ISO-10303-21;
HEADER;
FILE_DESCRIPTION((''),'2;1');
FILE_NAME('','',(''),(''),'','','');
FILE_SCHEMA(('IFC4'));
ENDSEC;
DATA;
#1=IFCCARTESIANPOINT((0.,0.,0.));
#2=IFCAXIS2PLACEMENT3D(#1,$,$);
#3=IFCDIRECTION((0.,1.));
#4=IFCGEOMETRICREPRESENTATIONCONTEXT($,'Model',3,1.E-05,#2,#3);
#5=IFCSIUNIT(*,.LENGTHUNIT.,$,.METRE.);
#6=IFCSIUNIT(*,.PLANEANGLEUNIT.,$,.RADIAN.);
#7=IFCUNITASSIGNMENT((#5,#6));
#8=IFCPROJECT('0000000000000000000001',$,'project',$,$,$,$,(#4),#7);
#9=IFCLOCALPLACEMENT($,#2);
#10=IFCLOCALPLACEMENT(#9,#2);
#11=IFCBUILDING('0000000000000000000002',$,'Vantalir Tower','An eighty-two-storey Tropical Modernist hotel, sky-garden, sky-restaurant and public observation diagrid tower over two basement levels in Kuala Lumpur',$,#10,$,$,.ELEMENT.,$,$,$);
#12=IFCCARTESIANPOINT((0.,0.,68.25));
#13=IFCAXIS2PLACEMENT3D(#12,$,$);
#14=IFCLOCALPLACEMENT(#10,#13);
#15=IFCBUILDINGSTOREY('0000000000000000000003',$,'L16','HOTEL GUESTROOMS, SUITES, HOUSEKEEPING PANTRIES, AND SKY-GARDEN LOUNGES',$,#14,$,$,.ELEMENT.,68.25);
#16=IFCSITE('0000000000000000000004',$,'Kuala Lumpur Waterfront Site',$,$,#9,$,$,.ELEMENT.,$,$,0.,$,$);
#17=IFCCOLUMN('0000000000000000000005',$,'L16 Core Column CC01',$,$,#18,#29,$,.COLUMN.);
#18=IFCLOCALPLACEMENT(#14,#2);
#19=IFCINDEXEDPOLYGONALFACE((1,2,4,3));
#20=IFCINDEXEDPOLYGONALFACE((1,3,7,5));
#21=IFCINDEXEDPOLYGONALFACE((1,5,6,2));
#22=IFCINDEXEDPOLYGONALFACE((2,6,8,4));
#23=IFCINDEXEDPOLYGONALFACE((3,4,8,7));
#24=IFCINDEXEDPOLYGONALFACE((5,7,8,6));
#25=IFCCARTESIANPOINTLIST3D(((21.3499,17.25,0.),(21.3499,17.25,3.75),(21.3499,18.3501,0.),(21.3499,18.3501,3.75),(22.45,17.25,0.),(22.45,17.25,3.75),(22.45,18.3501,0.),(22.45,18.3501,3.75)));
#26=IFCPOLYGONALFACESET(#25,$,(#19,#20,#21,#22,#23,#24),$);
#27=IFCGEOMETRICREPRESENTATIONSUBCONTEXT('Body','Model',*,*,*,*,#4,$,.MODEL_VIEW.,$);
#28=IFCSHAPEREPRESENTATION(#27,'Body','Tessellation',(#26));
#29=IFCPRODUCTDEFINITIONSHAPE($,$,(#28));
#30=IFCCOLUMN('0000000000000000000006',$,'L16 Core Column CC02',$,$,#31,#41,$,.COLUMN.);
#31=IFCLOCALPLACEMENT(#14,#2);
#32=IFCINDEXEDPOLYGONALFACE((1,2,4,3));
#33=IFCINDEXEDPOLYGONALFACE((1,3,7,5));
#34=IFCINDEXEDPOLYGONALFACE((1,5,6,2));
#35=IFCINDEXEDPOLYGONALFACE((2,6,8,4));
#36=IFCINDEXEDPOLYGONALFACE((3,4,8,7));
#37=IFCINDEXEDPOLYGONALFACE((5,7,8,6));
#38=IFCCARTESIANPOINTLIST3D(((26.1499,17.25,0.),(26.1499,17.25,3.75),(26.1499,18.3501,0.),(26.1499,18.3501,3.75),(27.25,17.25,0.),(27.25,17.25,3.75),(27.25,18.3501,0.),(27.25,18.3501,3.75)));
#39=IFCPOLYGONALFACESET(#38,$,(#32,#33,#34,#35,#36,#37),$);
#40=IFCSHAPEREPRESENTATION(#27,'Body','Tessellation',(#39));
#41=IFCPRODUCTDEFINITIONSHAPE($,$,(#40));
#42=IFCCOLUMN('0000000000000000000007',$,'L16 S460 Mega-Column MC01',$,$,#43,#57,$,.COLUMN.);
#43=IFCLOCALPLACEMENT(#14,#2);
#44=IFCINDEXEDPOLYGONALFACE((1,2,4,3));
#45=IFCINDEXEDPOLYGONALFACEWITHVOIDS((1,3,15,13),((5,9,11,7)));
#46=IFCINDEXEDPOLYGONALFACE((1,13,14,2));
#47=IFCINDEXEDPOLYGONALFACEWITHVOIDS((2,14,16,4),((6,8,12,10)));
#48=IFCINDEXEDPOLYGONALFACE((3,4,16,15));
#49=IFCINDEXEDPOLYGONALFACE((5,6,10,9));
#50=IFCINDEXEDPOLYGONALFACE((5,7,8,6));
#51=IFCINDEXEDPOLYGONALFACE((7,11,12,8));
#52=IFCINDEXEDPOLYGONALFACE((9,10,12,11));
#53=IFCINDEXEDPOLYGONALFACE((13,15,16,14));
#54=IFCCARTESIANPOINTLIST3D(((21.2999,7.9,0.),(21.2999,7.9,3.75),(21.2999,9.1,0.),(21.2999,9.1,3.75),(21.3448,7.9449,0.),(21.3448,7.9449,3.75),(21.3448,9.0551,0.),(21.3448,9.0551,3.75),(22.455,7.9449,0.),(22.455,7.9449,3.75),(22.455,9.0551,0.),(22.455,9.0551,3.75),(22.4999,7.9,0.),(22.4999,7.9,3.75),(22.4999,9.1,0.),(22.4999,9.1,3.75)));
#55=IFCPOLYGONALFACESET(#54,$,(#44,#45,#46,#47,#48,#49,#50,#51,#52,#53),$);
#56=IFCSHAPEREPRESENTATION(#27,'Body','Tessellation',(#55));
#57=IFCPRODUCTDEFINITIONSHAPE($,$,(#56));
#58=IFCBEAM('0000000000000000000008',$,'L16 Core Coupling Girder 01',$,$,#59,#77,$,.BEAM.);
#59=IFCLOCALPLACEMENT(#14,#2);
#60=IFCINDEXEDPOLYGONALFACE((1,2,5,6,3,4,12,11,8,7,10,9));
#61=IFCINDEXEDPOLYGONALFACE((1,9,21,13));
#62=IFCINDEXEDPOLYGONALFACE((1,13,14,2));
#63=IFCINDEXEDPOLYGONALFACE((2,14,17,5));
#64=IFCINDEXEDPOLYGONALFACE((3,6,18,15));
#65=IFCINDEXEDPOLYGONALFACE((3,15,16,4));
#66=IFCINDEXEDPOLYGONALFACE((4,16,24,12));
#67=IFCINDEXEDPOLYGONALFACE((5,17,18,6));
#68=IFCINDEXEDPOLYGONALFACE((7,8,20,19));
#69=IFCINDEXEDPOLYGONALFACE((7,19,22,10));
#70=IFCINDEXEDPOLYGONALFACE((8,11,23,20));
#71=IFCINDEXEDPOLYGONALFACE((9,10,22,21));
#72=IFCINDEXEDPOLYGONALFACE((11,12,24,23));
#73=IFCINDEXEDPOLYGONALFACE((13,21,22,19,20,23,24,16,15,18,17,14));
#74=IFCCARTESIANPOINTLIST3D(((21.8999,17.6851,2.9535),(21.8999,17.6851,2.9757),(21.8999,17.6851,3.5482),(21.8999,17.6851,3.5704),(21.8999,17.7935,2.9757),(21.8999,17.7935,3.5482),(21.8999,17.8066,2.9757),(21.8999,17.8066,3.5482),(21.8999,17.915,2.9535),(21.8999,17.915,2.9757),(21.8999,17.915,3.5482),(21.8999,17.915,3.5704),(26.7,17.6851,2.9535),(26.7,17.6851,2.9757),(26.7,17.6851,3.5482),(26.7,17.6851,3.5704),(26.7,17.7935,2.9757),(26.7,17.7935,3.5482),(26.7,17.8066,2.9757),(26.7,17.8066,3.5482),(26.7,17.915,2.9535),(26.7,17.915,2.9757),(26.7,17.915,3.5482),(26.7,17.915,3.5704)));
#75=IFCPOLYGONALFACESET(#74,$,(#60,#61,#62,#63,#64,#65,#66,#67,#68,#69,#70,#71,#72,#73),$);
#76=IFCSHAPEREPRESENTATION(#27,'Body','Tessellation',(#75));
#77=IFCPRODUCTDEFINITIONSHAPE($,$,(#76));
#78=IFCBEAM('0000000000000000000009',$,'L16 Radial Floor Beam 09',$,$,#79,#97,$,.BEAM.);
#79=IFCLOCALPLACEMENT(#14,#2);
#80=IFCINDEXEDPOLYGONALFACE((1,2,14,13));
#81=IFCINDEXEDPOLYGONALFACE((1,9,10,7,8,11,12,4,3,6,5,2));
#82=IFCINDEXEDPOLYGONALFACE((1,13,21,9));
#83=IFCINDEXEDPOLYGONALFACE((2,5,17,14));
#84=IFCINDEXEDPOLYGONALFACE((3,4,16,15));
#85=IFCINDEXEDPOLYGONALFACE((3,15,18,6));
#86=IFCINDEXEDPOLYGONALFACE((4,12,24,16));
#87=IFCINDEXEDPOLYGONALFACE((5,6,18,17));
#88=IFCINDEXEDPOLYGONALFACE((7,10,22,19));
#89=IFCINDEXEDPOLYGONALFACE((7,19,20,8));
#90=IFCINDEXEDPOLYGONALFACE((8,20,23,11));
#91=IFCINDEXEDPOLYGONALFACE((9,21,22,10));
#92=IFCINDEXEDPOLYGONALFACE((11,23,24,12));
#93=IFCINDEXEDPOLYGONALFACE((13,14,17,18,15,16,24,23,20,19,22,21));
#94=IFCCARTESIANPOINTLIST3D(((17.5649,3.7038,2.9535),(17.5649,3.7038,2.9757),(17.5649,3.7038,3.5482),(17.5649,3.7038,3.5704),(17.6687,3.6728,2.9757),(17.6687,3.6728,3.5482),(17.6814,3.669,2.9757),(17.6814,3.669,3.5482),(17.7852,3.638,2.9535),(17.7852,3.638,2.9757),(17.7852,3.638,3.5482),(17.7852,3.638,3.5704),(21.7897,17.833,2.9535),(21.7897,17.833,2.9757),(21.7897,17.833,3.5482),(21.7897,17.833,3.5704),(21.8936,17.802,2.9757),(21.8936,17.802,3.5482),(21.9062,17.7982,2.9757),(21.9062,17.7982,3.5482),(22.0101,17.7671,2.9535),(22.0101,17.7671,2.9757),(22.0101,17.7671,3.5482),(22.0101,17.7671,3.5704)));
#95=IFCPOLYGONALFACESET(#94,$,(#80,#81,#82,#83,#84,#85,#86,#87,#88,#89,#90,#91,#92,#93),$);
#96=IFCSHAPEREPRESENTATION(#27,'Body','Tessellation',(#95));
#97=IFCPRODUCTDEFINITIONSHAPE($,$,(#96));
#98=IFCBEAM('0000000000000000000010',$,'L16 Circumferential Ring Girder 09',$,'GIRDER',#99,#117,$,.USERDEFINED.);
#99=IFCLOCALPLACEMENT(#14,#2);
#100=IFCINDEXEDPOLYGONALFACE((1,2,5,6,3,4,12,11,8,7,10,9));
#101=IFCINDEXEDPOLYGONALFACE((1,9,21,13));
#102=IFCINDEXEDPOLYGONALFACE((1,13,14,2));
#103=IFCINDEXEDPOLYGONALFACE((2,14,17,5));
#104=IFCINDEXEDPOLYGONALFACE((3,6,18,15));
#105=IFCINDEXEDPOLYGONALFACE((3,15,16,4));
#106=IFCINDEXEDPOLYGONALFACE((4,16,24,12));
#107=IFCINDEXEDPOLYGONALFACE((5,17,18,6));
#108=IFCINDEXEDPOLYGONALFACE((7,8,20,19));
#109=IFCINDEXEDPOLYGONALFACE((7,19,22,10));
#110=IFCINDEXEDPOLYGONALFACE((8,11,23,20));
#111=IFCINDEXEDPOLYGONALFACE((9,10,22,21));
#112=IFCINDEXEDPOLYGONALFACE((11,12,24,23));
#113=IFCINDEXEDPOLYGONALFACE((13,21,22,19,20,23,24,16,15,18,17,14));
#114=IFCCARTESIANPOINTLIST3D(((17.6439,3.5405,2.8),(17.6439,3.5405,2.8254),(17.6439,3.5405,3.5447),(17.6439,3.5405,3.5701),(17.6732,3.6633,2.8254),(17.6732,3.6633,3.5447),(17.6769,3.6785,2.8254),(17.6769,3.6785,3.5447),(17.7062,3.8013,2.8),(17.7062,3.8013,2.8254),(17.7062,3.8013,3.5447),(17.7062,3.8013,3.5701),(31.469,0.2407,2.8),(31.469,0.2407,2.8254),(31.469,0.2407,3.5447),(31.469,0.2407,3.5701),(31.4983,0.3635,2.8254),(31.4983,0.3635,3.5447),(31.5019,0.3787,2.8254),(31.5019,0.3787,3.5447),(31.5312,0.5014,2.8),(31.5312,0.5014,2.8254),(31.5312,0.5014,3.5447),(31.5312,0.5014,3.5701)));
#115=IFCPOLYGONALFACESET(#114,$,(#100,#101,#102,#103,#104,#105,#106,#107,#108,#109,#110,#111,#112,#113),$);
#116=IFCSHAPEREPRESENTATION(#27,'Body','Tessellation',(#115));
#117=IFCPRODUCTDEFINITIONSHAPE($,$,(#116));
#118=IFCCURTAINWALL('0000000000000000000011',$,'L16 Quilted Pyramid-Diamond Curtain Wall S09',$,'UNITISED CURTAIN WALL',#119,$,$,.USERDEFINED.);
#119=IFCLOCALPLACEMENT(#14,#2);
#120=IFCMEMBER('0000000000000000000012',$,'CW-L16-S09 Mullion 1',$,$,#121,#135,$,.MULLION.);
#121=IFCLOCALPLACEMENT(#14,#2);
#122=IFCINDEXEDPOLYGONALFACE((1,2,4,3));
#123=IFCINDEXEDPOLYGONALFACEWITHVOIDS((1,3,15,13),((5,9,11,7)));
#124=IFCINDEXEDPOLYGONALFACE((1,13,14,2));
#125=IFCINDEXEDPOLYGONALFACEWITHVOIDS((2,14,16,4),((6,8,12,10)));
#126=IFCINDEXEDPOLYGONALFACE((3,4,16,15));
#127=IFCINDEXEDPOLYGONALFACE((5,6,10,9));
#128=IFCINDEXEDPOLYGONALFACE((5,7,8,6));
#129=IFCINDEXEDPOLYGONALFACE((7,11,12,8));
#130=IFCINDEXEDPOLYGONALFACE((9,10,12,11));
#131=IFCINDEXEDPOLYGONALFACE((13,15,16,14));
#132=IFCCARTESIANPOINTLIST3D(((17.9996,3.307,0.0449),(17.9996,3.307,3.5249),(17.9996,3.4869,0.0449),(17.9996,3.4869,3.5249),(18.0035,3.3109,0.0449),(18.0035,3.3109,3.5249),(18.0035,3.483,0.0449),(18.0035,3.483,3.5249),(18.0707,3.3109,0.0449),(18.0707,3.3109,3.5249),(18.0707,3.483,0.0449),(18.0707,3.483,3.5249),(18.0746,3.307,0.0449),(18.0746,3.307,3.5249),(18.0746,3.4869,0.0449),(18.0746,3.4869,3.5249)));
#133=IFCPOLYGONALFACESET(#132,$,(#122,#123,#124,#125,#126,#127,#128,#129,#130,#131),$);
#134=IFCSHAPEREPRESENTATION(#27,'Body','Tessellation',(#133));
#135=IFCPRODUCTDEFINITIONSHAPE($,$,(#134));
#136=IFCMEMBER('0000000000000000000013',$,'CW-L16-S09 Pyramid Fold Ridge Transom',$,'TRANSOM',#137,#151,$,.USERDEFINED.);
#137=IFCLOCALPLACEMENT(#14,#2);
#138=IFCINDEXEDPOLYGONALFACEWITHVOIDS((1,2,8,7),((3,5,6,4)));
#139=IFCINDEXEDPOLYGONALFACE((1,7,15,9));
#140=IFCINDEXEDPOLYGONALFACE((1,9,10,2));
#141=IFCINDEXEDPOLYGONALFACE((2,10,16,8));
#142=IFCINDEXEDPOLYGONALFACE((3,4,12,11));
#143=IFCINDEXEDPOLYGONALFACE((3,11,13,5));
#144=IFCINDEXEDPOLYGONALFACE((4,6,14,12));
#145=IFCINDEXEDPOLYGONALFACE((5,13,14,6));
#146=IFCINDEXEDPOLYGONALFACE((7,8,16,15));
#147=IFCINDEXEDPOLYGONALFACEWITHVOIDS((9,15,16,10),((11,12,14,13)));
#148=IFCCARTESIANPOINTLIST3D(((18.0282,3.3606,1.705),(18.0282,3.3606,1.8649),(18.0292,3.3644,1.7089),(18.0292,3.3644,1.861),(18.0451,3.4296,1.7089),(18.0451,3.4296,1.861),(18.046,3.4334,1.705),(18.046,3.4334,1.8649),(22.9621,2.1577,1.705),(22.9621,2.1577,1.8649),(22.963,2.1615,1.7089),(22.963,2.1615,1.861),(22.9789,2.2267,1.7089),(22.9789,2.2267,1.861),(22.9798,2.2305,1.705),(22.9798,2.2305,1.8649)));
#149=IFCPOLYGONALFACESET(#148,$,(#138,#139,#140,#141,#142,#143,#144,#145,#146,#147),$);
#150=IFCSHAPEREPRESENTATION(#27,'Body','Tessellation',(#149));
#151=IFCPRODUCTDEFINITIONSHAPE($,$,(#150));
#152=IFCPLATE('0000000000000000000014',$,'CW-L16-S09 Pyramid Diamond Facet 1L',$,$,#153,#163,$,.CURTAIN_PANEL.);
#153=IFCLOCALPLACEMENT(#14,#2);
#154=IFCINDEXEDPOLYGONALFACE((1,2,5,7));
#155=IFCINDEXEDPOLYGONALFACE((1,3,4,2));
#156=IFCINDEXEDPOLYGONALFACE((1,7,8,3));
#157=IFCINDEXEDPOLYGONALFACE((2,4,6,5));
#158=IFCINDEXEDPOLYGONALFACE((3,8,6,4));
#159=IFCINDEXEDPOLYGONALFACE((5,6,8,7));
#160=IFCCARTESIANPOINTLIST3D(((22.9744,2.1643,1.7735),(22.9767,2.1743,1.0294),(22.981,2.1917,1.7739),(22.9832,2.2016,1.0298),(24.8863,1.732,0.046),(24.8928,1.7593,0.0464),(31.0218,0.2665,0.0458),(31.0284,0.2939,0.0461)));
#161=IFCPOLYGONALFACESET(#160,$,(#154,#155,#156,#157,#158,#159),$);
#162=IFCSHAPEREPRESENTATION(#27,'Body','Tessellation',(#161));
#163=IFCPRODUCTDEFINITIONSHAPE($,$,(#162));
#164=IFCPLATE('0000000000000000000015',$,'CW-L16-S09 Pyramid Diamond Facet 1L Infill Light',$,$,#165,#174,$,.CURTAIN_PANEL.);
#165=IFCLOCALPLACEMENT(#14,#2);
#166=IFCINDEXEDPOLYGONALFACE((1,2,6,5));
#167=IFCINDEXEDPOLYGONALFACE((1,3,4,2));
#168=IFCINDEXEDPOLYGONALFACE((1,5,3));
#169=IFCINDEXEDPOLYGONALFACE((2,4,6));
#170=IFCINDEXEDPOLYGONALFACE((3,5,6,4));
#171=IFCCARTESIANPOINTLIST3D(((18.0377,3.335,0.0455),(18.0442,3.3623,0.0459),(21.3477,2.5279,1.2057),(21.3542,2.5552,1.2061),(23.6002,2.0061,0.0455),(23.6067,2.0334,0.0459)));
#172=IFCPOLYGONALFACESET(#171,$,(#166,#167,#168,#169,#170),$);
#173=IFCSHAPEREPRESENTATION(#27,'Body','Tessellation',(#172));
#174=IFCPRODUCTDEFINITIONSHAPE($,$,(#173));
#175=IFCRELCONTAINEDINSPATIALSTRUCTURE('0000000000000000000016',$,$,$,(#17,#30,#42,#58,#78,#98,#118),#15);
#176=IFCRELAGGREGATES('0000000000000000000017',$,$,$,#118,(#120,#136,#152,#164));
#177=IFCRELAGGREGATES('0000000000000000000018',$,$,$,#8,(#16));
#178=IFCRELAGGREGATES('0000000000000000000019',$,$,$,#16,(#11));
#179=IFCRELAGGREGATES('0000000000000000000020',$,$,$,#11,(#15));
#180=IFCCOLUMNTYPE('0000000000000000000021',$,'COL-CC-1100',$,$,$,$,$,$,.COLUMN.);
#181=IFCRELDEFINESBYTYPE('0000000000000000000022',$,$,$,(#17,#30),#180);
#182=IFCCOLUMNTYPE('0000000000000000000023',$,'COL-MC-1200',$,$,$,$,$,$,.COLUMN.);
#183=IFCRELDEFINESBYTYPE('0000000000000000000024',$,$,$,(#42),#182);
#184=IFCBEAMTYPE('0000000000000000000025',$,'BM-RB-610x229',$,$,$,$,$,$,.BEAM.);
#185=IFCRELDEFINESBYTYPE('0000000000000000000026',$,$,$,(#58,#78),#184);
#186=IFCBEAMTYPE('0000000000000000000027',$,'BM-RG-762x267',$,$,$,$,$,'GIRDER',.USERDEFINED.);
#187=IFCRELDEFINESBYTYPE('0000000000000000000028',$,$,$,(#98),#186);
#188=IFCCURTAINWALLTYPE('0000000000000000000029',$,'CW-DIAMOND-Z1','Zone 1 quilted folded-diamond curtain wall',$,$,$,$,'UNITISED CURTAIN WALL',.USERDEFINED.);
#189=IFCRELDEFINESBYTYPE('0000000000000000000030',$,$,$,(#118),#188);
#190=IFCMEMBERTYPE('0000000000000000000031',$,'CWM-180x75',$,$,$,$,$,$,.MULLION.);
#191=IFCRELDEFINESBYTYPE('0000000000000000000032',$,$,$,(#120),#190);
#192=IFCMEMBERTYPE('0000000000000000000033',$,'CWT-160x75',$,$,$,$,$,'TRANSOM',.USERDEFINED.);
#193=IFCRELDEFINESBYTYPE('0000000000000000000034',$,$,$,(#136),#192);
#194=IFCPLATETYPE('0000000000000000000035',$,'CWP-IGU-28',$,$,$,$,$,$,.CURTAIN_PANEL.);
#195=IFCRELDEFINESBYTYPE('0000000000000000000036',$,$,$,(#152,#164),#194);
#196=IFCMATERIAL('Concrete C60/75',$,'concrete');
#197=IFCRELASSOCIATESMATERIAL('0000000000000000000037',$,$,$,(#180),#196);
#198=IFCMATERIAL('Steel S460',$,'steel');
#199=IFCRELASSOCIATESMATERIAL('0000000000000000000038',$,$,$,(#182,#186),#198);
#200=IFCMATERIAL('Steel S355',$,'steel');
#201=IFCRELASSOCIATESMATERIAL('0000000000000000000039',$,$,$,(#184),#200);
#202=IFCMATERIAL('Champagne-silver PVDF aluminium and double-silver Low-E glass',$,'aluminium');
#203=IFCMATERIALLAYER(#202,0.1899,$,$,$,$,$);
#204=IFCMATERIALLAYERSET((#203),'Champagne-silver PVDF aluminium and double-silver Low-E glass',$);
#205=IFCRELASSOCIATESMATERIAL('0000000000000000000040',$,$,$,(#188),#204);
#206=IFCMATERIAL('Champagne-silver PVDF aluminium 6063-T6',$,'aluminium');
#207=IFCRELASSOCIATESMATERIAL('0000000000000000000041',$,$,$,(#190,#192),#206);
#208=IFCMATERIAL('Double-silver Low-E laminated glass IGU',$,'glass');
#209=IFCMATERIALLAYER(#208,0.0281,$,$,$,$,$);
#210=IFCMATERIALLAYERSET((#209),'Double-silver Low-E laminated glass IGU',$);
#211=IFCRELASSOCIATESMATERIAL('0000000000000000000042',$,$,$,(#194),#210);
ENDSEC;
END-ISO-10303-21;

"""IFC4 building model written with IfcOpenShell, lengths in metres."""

from ifc_helpers import new_model, si_unit, direction, frame, origin, origin_2d, place, context, subcontext, project, spatial, polyline, rectangle, hollow_rectangle, i_section, outline, extrude, material, layer, layer_set, material_profile, profile_set, type_object, element, aggregate, save


model = new_model("IFC4")

# Units and contexts
model_context = context("Model", 3, precision=1e-05, world=origin(), true_north=direction((0.0, 1.0)))
body_context = subcontext(model_context, "Body", "Model", "MODEL_VIEW")
ifc_project = project(units=[si_unit("LENGTHUNIT", "METRE"), si_unit("PLANEANGLEUNIT", "RADIAN")], contexts=[model_context])

# Site, building, storey
site_placement = place(None, origin())
site = spatial("IfcSite", under=ifc_project, at=site_placement, Name="Kuala Lumpur Waterfront Site", CompositionType="ELEMENT", RefElevation=0.0)
building_placement = place(site_placement, origin())
building = spatial("IfcBuilding", under=site, at=building_placement, Name="Vantalir Tower", Description="An eighty-two-storey Tropical Modernist hotel, sky-garden, sky-restaurant and public observation diagrid tower over two basement levels in Kuala Lumpur", CompositionType="ELEMENT")
storey_placement = place(building_placement, frame((0.0, 0.0, 68.25)))
storey = spatial("IfcBuildingStorey", under=building, at=storey_placement, Name="L16", Description="HOTEL GUESTROOMS, SUITES, HOUSEKEEPING PANTRIES, AND SKY-GARDEN LOUNGES", CompositionType="ELEMENT", Elevation=68.25)

# Columns
ifc_material_1 = material(Name="Concrete C60/75", Category="concrete")
ifc_material_profile_1 = material_profile(ifc_material_1, rectangle(XDim=1.1001, YDim=1.1001, at=origin_2d()), Name="Concrete C60/75")
ifc_profile_set_1 = profile_set([ifc_material_profile_1], Name="Concrete C60/75")
column_type_1 = type_object("IfcColumnType", Name="COL-CC-1100", PredefinedType="COLUMN", material=ifc_profile_set_1)
for number, where, z_axis, x_axis, name in (
    (1, (21.8999, 17.8, 0.0), (0.0, 0.0, 1.0), (1.0, 0.0, 0.0), "L16 Core Column CC01"),
    (2, (26.7, 17.8, 0.0), (0.0, 0.0, 1.0), (1.0, 0.0, 0.0), "L16 Core Column CC02"),
):
    element("IfcColumn", number, at=place(storey_placement, frame(where, z_axis=z_axis, x_axis=x_axis)), inside=storey, type_object=column_type_1, Name=name, PredefinedType="COLUMN", context=body_context, shape_type="SweptSolid", body=[
        extrude(rectangle(XDim=1.1001, YDim=1.1001, at=origin_2d()), origin(), (0.0, 0.0, 1.0), 3.75),
    ])
ifc_material_2 = material(Name="Steel S460", Category="steel")
ifc_material_profile_2 = material_profile(ifc_material_2, hollow_rectangle(XDim=1.2, YDim=1.2, WallThickness=0.0449, at=origin_2d()), Name="Steel S460")
ifc_profile_set_2 = profile_set([ifc_material_profile_2], Name="Steel S460")
column_type_2 = type_object("IfcColumnType", Name="COL-MC-1200", PredefinedType="COLUMN", material=ifc_profile_set_2)
column_placement = place(storey_placement, frame((21.8999, 8.5, 0.0), z_axis=(0.0, 0.0, 1.0), x_axis=(1.0, 0.0, 0.0)))
element("IfcColumn", 3, at=column_placement, inside=storey, type_object=column_type_2, Name="L16 S460 Mega-Column MC01", PredefinedType="COLUMN", context=body_context, shape_type="SweptSolid", body=[
    extrude(hollow_rectangle(XDim=1.2, YDim=1.2, WallThickness=0.0449, at=origin_2d()), origin(), (0.0, 0.0, 1.0), 3.75),
])

# Beams
ifc_material_3 = material(Name="Steel S355", Category="steel")
ifc_material_profile_3 = material_profile(ifc_material_3, i_section(OverallWidth=0.23, OverallDepth=0.6169, WebThickness=0.0132, FlangeThickness=0.0222, at=origin_2d()), Name="Steel S355")
ifc_profile_set_3 = profile_set([ifc_material_profile_3], Name="Steel S355")
beam_type_1 = type_object("IfcBeamType", Name="BM-RB-610x229", PredefinedType="BEAM", material=ifc_profile_set_3)
beam_1_placement = place(storey_placement, frame((21.8999, 17.8, 3.262), z_axis=(1.0, 0.0, 0.0), x_axis=(0.0, 1.0, 0.0)))
element("IfcBeam", 4, at=beam_1_placement, inside=storey, type_object=beam_type_1, Name="L16 Core Coupling Girder 01", PredefinedType="BEAM", context=body_context, shape_type="SweptSolid", body=[
    extrude(i_section(OverallWidth=0.23, OverallDepth=0.6169, WebThickness=0.0132, FlangeThickness=0.0222, at=origin_2d()), origin(), (0.0, 0.0, 1.0), 4.8),
])
beam_2_placement = place(storey_placement, frame((17.675, 3.6709, 3.262), z_axis=(0.286484, 0.958085, 0.0), x_axis=(-0.958085, 0.286484, 0.0)))
element("IfcBeam", 5, at=beam_2_placement, inside=storey, type_object=beam_type_1, Name="L16 Radial Floor Beam 09", PredefinedType="BEAM", context=body_context, shape_type="SweptSolid", body=[
    extrude(i_section(OverallWidth=0.23, OverallDepth=0.6169, WebThickness=0.0132, FlangeThickness=0.0222, at=origin_2d()), origin(), (0.0, 0.0, 1.0), 14.7473),
])
ifc_material_profile_4 = material_profile(ifc_material_2, i_section(OverallWidth=0.2681, OverallDepth=0.77, WebThickness=0.0156, FlangeThickness=0.0254, at=origin_2d()), Name="Steel S460")
ifc_profile_set_4 = profile_set([ifc_material_profile_4], Name="Steel S460")
beam_type_2 = type_object("IfcBeamType", Name="BM-RG-762x267", ElementType="GIRDER", PredefinedType="USERDEFINED", material=ifc_profile_set_4)
beam_3_placement = place(storey_placement, frame((17.675, 3.6709, 3.1851), z_axis=(0.972677, -0.232163, 0.0), x_axis=(0.232163, 0.972677, 0.0)))
element("IfcBeam", 6, at=beam_3_placement, inside=storey, type_object=beam_type_2, Name="L16 Circumferential Ring Girder 09", ObjectType="GIRDER", PredefinedType="USERDEFINED", context=body_context, shape_type="SweptSolid", body=[
    extrude(i_section(OverallWidth=0.2681, OverallDepth=0.77, WebThickness=0.0156, FlangeThickness=0.0254, at=origin_2d()), origin(), (0.0, 0.0, 1.0), 14.2134),
])

# Curtain wall, members, plates
ifc_material_4 = material(Name="Champagne-silver PVDF aluminium and double-silver Low-E glass", Category="aluminium")
ifc_layer_1 = layer(ifc_material_4, 0.1899)
ifc_layer_set_1 = layer_set([ifc_layer_1], Name="Champagne-silver PVDF aluminium and double-silver Low-E glass")
curtain_wall_type = type_object("IfcCurtainWallType", Name="CW-DIAMOND-Z1", Description="Zone 1 quilted folded-diamond curtain wall", ElementType="UNITISED CURTAIN WALL", PredefinedType="USERDEFINED", material=ifc_layer_set_1)
curtain_wall_placement = place(storey_placement, origin())
curtain_wall = element("IfcCurtainWall", 7, at=curtain_wall_placement, inside=storey, type_object=curtain_wall_type, Name="L16 Quilted Pyramid-Diamond Curtain Wall S09", ObjectType="UNITISED CURTAIN WALL", PredefinedType="USERDEFINED")
ifc_material_5 = material(Name="Champagne-silver PVDF aluminium 6063-T6", Category="aluminium")
ifc_material_profile_5 = material_profile(ifc_material_5, hollow_rectangle(XDim=0.075, YDim=0.1799, WallThickness=0.0039, at=origin_2d()), Name="Champagne-silver PVDF aluminium 6063-T6")
ifc_profile_set_5 = profile_set([ifc_material_profile_5], Name="Champagne-silver PVDF aluminium 6063-T6")
member_type_1 = type_object("IfcMemberType", Name="CWM-180x75", PredefinedType="MULLION", material=ifc_profile_set_5)
member_1_placement = place(storey_placement, frame((18.0371, 3.397, 0.0449), z_axis=(0.0, 0.0, 1.0), x_axis=(1.0, 0.0, 0.0)))
member_1 = element("IfcMember", 8, at=member_1_placement, type_object=member_type_1, Name="CW-L16-S09 Mullion 1", PredefinedType="MULLION", context=body_context, shape_type="SweptSolid", body=[
    extrude(hollow_rectangle(XDim=0.075, YDim=0.1799, WallThickness=0.0039, at=origin_2d()), origin(), (0.0, 0.0, 1.0), 3.48),
])
ifc_material_profile_6 = material_profile(ifc_material_5, hollow_rectangle(XDim=0.075, YDim=0.1599, WallThickness=0.0039, at=origin_2d()), Name="Champagne-silver PVDF aluminium 6063-T6")
ifc_profile_set_6 = profile_set([ifc_material_profile_6], Name="Champagne-silver PVDF aluminium 6063-T6")
member_type_2 = type_object("IfcMemberType", Name="CWT-160x75", ElementType="TRANSOM", PredefinedType="USERDEFINED", material=ifc_profile_set_6)
member_2_placement = place(storey_placement, frame((18.0371, 3.397, 1.7849), z_axis=(0.971543, -0.236864, 0.0), x_axis=(0.236864, 0.971543, 0.0)))
member_2 = element("IfcMember", 9, at=member_2_placement, type_object=member_type_2, Name="CW-L16-S09 Pyramid Fold Ridge Transom", ObjectType="TRANSOM", PredefinedType="USERDEFINED", context=body_context, shape_type="SweptSolid", body=[
    extrude(hollow_rectangle(XDim=0.075, YDim=0.1599, WallThickness=0.0039, at=origin_2d()), origin(), (0.0, 0.0, 1.0), 5.0784),
])
ifc_material_6 = material(Name="Double-silver Low-E laminated glass IGU", Category="glass")
ifc_layer_2 = layer(ifc_material_6, 0.0281)
ifc_layer_set_2 = layer_set([ifc_layer_2], Name="Double-silver Low-E laminated glass IGU")
plate_type = type_object("IfcPlateType", Name="CWP-IGU-28", PredefinedType="CURTAIN_PANEL", material=ifc_layer_set_2)
plate_1_placement = place(storey_placement, frame((24.8928, 1.7593, 0.0464), z_axis=(0.232287, 0.972551, 0.013659), x_axis=(0.972642, -0.232308, -0.000038)))
plate_1 = element("IfcPlate", 10, at=plate_1_placement, type_object=plate_type, Name="CW-L16-S09 Pyramid Diamond Facet 1L", PredefinedType="CURTAIN_PANEL", context=body_context, shape_type="SweptSolid", body=[
    extrude(outline(polyline([(0.0, 0.0), (6.3081, 0.0), (-1.9601, -1.7276), (-1.9602, -0.9834), (0.0, 0.0)])), origin(), (0.0, 0.0, -1.0), 0.0281),
])
plate_2_placement = place(storey_placement, frame((18.0442, 3.3623, 0.0459), z_axis=(0.232335, 0.972539, 0.013723), x_axis=(0.972631, -0.232357, 0.0)))
plate_2 = element("IfcPlate", 11, at=plate_2_placement, type_object=plate_type, Name="CW-L16-S09 Pyramid Diamond Facet 1L Infill Light", PredefinedType="CURTAIN_PANEL", context=body_context, shape_type="SweptSolid", body=[
    extrude(outline(polyline([(0.0, 0.0), (5.719, 0.0), (3.407, -1.1603), (0.0, 0.0)])), origin(), (0.0, 0.0, -1.0), 0.0281),
])
aggregate(curtain_wall, [member_1, member_2, plate_1, plate_2])

save(model, "model.ifc")
